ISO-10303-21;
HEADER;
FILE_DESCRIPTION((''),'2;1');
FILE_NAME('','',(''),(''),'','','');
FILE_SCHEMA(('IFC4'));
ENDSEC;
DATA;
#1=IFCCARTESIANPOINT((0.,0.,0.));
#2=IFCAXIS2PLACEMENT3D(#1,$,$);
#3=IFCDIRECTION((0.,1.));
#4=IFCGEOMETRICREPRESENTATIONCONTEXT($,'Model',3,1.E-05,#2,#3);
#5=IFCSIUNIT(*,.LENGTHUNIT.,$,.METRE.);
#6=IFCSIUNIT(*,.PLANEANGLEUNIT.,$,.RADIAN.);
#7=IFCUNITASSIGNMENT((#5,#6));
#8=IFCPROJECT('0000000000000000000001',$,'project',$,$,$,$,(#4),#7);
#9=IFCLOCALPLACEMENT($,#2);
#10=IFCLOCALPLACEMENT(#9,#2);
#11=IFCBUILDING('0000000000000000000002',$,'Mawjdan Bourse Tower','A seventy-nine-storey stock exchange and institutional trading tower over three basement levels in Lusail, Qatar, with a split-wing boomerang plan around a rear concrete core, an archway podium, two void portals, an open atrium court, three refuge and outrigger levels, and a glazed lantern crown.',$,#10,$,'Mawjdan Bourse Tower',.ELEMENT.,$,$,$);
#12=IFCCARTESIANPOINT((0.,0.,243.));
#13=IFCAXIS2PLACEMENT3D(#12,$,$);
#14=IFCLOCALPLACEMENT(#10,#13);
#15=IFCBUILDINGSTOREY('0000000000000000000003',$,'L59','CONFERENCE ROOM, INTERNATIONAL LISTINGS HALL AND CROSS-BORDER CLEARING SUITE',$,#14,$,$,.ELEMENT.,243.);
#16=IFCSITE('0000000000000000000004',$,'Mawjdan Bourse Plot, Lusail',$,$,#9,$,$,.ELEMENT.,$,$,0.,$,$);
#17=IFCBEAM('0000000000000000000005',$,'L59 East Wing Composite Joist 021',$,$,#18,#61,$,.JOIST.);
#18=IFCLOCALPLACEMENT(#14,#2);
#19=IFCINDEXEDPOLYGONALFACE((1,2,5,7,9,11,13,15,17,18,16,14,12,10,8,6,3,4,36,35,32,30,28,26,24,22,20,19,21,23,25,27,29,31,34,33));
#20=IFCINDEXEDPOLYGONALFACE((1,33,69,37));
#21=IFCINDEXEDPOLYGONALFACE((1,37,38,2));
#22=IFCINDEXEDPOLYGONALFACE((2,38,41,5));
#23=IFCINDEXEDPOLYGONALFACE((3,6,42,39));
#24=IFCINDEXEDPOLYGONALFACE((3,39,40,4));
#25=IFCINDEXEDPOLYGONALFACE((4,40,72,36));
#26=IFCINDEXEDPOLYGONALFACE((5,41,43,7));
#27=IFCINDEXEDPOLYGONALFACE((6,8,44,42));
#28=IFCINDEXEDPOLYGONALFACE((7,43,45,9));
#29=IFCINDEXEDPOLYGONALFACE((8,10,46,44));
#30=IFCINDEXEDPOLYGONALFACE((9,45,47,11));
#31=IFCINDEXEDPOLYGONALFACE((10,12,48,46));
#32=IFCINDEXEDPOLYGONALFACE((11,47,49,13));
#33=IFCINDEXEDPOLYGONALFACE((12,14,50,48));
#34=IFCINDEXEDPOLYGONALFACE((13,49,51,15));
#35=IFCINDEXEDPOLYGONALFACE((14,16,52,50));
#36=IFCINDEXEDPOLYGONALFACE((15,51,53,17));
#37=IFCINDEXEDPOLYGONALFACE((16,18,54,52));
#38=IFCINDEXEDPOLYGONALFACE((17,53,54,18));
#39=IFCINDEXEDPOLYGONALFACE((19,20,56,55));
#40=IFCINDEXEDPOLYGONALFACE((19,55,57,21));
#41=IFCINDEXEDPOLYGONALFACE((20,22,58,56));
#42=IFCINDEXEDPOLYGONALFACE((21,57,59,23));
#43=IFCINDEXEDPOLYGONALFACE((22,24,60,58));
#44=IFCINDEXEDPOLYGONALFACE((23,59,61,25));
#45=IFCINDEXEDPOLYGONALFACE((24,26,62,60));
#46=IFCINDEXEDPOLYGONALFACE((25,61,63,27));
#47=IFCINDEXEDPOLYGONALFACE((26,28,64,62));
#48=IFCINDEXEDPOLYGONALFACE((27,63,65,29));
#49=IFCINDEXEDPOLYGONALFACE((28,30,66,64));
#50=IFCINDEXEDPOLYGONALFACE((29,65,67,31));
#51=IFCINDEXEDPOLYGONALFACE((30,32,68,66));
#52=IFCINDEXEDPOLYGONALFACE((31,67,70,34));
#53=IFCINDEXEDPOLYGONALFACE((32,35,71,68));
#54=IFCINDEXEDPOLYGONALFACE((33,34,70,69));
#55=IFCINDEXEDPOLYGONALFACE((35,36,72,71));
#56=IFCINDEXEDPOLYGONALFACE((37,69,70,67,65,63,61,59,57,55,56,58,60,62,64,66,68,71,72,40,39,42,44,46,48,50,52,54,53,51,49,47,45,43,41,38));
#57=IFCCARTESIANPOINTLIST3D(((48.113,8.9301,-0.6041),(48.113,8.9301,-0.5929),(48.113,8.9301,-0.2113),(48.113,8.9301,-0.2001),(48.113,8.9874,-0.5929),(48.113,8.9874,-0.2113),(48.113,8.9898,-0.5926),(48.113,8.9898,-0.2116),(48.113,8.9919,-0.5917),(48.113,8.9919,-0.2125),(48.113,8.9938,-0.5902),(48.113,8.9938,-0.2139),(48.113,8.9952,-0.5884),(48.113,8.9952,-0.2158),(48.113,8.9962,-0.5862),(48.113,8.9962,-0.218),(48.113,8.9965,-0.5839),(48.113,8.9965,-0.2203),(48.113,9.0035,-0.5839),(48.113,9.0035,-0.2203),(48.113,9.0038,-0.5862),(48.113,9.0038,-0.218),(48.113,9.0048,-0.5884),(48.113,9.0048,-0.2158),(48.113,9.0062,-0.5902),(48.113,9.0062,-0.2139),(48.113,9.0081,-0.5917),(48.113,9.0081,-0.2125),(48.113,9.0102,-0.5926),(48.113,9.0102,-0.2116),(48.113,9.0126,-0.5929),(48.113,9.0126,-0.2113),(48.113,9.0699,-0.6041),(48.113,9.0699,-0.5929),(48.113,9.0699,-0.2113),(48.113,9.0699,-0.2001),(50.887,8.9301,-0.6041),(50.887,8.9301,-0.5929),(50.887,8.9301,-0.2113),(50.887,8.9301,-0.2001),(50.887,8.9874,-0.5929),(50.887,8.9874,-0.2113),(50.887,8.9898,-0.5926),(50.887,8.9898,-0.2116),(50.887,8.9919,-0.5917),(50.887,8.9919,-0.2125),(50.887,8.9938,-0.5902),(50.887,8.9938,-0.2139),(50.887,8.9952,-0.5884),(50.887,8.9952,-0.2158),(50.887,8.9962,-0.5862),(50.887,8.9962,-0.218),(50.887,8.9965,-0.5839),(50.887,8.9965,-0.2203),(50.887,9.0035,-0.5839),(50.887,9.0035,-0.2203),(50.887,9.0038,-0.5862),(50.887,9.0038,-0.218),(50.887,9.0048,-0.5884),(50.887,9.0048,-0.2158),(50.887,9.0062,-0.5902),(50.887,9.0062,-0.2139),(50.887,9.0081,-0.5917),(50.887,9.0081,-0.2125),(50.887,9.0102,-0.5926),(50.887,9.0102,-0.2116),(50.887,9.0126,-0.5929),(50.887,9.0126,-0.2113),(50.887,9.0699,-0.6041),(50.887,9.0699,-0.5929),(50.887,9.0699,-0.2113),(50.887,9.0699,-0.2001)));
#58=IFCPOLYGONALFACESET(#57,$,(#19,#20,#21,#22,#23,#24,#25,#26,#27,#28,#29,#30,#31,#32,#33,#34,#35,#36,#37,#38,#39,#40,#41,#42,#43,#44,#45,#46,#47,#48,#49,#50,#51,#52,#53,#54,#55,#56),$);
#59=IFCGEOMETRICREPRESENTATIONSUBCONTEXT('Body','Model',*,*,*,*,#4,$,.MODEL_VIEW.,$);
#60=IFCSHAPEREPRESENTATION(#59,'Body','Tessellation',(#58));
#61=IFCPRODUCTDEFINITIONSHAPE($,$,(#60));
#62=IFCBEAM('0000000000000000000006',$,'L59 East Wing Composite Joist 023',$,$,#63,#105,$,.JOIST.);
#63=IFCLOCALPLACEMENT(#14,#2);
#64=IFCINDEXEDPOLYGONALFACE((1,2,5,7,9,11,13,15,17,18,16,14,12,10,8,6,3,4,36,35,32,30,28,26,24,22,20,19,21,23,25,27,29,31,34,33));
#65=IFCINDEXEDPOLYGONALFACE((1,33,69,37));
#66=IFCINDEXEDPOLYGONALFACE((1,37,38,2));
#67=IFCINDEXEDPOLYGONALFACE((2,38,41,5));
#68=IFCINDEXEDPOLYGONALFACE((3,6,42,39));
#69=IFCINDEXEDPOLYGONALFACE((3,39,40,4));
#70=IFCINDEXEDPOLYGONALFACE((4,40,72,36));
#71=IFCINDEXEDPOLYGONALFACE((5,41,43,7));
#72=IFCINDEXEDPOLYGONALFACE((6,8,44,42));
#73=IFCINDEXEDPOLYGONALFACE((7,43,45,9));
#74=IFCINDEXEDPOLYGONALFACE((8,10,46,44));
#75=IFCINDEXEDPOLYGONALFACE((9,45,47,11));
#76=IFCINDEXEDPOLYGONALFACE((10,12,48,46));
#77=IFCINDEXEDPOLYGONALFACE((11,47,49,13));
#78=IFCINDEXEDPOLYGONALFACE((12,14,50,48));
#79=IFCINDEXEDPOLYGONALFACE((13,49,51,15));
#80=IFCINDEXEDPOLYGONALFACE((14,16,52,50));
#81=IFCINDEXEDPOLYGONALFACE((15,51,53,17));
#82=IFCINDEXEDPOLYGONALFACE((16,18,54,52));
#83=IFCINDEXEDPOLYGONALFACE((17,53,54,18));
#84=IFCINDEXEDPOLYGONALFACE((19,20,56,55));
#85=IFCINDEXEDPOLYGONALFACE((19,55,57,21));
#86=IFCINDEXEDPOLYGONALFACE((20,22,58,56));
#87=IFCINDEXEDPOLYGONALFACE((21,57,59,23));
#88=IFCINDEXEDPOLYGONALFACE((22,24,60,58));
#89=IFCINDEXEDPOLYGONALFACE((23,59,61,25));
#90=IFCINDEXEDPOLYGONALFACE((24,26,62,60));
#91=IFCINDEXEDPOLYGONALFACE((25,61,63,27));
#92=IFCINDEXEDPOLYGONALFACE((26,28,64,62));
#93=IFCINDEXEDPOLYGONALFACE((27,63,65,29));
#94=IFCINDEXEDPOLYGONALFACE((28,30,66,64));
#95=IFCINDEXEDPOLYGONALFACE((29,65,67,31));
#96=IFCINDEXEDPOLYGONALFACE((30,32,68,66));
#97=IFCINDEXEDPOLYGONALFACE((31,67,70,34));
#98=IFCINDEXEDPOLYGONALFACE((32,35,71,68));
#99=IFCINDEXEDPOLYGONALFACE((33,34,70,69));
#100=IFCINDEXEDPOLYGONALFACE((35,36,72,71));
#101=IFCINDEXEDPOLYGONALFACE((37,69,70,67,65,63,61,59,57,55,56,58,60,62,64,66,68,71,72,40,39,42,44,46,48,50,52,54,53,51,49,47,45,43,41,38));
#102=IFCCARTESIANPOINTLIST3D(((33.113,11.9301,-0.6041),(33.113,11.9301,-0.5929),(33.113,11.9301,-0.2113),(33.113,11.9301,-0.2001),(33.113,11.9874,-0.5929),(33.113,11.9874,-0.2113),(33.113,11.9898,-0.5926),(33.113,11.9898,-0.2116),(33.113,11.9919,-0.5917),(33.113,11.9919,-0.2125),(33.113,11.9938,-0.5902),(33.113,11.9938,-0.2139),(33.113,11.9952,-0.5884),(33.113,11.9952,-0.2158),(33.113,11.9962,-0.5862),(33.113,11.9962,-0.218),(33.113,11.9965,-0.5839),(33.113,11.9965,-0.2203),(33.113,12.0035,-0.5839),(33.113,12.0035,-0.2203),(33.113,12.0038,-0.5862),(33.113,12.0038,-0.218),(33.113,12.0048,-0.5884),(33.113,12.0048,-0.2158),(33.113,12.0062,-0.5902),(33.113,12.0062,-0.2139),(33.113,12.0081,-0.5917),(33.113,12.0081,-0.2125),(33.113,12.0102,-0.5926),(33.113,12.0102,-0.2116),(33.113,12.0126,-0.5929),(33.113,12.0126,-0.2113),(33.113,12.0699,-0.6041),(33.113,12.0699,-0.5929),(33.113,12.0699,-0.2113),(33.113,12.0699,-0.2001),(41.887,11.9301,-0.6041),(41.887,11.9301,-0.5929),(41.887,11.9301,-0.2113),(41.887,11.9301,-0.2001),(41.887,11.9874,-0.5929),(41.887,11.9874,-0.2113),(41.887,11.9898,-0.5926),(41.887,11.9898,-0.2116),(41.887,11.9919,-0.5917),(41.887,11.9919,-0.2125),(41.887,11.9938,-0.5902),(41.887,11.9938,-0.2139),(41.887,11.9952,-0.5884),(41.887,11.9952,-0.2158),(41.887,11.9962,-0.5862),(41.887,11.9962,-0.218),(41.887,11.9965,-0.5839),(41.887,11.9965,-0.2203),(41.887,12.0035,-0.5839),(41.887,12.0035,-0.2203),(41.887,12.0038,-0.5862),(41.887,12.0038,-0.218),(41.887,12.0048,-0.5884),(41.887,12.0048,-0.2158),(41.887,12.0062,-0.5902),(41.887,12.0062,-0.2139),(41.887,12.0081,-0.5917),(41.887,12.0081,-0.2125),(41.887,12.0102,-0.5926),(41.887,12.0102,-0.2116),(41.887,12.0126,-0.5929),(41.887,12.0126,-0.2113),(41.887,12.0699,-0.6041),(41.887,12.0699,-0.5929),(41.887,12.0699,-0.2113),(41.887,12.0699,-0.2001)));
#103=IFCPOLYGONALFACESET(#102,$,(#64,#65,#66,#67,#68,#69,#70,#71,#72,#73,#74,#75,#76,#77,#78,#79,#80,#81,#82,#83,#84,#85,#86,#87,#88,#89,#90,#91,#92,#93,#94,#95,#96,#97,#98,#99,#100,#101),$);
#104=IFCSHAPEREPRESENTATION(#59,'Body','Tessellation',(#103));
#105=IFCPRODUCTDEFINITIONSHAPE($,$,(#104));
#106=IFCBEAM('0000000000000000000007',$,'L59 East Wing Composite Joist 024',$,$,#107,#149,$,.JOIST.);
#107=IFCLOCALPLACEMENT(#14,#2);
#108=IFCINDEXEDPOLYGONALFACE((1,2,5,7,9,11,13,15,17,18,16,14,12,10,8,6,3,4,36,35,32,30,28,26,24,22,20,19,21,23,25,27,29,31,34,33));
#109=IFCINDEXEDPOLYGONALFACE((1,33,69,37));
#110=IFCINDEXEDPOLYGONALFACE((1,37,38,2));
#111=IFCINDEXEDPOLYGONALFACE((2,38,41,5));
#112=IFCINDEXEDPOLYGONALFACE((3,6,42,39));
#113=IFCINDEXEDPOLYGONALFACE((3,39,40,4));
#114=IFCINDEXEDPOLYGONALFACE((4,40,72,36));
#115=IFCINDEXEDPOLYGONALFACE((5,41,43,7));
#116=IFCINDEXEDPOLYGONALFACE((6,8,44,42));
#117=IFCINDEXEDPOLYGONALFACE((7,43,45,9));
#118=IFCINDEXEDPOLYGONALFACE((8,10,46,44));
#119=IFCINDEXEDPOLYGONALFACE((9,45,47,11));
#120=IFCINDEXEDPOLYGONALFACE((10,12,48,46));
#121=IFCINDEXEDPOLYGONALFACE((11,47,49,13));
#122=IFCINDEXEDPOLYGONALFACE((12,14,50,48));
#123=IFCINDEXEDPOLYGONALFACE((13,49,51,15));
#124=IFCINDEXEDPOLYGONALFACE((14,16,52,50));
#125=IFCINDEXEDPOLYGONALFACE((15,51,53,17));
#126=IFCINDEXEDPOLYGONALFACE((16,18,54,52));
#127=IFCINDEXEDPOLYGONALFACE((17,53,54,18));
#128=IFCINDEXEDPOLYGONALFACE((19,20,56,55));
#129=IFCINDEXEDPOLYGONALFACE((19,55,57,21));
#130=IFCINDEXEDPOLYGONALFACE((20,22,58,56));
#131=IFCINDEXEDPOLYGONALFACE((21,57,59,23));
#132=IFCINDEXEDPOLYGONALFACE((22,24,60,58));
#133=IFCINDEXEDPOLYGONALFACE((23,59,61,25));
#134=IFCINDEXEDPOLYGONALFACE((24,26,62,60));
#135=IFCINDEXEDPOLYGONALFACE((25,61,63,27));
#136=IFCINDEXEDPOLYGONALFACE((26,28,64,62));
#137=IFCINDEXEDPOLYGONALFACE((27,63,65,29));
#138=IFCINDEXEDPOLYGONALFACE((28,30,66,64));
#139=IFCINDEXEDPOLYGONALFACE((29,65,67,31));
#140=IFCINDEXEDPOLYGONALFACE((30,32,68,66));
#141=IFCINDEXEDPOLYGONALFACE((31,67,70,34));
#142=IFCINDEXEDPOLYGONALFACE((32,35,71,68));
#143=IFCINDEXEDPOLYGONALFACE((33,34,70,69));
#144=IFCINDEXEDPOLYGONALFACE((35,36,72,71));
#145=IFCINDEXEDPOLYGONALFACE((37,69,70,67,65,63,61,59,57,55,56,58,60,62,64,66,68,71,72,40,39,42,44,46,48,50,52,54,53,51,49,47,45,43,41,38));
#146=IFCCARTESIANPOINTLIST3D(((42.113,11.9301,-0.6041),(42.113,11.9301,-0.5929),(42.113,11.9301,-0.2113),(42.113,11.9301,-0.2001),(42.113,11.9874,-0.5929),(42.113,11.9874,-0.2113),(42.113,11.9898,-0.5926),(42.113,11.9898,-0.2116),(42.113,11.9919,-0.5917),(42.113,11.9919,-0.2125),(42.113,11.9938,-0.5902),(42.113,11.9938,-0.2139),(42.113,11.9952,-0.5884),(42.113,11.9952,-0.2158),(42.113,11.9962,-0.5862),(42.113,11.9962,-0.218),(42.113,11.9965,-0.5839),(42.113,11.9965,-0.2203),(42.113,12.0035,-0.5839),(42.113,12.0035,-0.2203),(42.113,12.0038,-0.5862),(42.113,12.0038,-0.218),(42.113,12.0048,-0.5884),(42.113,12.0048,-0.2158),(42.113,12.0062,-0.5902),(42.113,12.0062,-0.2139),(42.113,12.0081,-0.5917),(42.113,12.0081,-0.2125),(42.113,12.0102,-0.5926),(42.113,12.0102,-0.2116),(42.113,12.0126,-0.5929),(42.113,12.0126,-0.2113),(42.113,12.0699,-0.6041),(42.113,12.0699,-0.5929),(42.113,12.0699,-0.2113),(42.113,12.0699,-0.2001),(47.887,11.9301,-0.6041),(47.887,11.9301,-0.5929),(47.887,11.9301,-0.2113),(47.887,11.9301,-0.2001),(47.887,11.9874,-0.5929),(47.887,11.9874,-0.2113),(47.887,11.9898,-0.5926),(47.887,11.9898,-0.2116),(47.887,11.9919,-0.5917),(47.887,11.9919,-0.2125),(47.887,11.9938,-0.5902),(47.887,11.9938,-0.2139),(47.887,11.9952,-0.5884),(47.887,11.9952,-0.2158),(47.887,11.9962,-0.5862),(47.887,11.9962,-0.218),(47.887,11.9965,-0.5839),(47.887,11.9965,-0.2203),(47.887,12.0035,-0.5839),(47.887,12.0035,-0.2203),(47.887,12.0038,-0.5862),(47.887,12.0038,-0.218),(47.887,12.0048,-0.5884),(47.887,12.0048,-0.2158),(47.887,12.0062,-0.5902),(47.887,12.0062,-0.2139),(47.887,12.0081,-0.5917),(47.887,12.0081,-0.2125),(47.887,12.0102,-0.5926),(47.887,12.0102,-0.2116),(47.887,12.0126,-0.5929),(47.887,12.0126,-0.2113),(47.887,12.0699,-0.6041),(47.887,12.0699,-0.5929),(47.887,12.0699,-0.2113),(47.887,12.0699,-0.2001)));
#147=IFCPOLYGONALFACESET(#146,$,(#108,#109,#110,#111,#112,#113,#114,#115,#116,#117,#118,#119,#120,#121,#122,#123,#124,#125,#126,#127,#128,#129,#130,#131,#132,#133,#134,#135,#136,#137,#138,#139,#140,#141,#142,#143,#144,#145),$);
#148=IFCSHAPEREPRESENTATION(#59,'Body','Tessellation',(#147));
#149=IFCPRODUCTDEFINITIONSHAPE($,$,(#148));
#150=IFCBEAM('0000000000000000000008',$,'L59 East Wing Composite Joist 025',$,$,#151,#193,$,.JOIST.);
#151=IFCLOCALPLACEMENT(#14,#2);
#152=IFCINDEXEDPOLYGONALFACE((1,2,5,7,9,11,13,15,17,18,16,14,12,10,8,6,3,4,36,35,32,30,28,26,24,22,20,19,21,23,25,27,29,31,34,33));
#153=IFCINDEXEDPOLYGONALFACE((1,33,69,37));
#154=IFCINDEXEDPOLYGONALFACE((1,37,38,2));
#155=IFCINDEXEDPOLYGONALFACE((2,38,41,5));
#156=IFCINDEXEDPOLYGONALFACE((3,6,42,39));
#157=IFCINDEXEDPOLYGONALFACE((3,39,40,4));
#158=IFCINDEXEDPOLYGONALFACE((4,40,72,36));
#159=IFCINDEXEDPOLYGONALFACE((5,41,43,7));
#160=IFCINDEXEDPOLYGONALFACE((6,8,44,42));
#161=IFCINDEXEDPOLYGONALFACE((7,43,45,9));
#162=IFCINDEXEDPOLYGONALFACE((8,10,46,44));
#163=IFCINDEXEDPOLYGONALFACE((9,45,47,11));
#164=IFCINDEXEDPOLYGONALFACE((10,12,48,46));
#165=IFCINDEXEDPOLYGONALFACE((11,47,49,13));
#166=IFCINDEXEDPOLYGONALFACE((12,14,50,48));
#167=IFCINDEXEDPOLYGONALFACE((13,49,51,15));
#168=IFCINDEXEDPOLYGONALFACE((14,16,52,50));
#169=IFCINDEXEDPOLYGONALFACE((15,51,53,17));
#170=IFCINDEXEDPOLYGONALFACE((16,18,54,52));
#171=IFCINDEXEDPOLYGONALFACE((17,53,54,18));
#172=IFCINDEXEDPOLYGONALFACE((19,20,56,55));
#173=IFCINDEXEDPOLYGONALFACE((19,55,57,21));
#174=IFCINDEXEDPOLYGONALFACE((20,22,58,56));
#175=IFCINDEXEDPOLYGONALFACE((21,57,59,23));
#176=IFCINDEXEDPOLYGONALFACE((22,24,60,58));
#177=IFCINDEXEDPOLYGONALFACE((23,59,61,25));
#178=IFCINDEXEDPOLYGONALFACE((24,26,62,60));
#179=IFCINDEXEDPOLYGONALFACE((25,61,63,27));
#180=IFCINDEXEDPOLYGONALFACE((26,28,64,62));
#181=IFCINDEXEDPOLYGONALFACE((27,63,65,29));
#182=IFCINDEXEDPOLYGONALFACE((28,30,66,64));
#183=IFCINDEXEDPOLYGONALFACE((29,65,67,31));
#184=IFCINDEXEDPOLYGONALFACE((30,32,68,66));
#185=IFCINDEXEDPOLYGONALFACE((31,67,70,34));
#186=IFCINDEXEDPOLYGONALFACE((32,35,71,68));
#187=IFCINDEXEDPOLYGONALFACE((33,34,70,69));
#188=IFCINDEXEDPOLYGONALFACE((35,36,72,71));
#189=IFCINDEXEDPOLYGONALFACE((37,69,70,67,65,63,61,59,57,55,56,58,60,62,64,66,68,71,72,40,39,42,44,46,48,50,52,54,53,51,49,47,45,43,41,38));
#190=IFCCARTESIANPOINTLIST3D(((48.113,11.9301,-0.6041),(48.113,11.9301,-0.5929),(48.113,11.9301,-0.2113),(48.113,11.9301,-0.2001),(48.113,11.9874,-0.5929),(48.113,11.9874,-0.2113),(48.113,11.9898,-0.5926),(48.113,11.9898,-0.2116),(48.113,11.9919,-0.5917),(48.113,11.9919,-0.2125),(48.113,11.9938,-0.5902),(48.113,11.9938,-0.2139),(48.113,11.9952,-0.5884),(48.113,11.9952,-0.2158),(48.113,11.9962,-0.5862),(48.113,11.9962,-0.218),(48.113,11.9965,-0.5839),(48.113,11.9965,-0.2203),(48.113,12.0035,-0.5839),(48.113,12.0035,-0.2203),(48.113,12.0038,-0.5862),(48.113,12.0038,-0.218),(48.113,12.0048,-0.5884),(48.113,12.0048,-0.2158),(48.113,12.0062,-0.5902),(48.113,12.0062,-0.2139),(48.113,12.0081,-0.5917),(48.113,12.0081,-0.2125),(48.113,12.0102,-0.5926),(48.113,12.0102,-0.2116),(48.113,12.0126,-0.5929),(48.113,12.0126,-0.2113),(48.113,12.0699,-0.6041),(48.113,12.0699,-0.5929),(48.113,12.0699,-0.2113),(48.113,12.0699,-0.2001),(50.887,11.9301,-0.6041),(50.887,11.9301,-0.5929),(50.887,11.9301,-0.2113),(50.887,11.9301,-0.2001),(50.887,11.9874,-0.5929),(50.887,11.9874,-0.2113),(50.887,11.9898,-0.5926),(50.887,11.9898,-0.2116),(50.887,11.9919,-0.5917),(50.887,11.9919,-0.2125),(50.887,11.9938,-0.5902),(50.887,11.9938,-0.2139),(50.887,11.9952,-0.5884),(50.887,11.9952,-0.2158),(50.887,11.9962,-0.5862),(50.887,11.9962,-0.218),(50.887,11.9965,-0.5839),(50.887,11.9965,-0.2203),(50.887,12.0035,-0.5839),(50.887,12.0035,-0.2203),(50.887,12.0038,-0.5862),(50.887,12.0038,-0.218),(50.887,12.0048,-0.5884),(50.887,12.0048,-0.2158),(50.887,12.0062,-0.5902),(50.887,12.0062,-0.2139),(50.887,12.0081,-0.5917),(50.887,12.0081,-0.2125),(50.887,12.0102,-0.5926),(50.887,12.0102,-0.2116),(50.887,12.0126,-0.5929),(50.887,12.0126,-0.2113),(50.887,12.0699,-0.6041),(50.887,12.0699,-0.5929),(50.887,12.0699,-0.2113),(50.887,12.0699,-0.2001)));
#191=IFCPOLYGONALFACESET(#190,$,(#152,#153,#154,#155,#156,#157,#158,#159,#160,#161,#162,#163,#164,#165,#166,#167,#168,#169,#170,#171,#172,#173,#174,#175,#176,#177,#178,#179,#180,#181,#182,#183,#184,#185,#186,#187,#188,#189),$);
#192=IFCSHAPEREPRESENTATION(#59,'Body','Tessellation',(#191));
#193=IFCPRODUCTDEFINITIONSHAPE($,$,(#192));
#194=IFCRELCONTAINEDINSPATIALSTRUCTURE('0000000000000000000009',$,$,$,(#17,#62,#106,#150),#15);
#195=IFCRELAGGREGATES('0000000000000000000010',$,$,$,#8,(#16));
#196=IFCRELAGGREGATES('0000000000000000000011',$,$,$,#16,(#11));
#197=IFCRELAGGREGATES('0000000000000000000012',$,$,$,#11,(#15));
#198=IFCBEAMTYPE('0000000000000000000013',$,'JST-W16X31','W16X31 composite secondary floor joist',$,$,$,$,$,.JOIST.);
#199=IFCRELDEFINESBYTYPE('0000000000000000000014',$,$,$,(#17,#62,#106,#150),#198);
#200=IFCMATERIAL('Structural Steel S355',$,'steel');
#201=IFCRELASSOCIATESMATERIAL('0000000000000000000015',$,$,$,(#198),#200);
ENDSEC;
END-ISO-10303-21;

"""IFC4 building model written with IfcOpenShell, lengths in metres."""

from ifc_helpers import new_model, si_unit, direction, frame, origin, origin_2d, place, context, subcontext, project, spatial, i_section, extrude, material, material_profile, profile_set, type_object, element, save


model = new_model("IFC4")

# Units and contexts
model_context = context("Model", 3, precision=1e-05, world=origin(), true_north=direction((0.0, 1.0)))
body_context = subcontext(model_context, "Body", "Model", "MODEL_VIEW")
ifc_project = project(units=[si_unit("LENGTHUNIT", "METRE"), si_unit("PLANEANGLEUNIT", "RADIAN")], contexts=[model_context])

# Site, building, storey
site_placement = place(None, origin())
site = spatial("IfcSite", under=ifc_project, at=site_placement, Name="Mawjdan Bourse Plot, Lusail", CompositionType="ELEMENT", RefElevation=0.0)
building_placement = place(site_placement, origin())
building = spatial("IfcBuilding", under=site, at=building_placement, Name="Mawjdan Bourse Tower", Description="A seventy-nine-storey stock exchange and institutional trading tower over three basement levels in Lusail, Qatar, with a split-wing boomerang plan around a rear concrete core, an archway podium, two void portals, an open atrium court, three refuge and outrigger levels, and a glazed lantern crown.", LongName="Mawjdan Bourse Tower", CompositionType="ELEMENT")
storey_placement = place(building_placement, frame((0.0, 0.0, 243.0)))
storey = spatial("IfcBuildingStorey", under=building, at=storey_placement, Name="L59", Description="CONFERENCE ROOM, INTERNATIONAL LISTINGS HALL AND CROSS-BORDER CLEARING SUITE", CompositionType="ELEMENT", Elevation=243.0)

# Beams
ifc_material_1 = material(Name="Structural Steel S355", Category="steel")
ifc_material_profile_1 = material_profile(ifc_material_1, i_section(OverallWidth=0.1399, OverallDepth=0.4041, WebThickness=0.0071, FlangeThickness=0.0112, FilletRadius=0.009, at=origin_2d()), Name="W16X31")
ifc_profile_set_1 = profile_set([ifc_material_profile_1], Name="Structural Steel S355")
beam_type_1 = type_object("IfcBeamType", Name="JST-W16X31", Description="W16X31 composite secondary floor joist", PredefinedType="JOIST", material=ifc_profile_set_1)
beam_1_placement = place(storey_placement, frame((48.113, 9.0, -0.4021), z_axis=(1.0, 0.0, 0.0), x_axis=(0.0, 1.0, 0.0)))
element("IfcBeam", 1, at=beam_1_placement, inside=storey, type_object=beam_type_1, Name="L59 East Wing Composite Joist 021", PredefinedType="JOIST", context=body_context, shape_type="SweptSolid", body=[
    extrude(i_section(OverallWidth=0.1399, OverallDepth=0.4041, WebThickness=0.0071, FlangeThickness=0.0112, FilletRadius=0.009, at=origin_2d()), origin(), (0.0, 0.0, 1.0), 2.7739),
])
beam_2_placement = place(storey_placement, frame((33.113, 12.0, -0.4021), z_axis=(1.0, 0.0, 0.0), x_axis=(0.0, 1.0, 0.0)))
element("IfcBeam", 2, at=beam_2_placement, inside=storey, type_object=beam_type_1, Name="L59 East Wing Composite Joist 023", PredefinedType="JOIST", context=body_context, shape_type="SweptSolid", body=[
    extrude(i_section(OverallWidth=0.1399, OverallDepth=0.4041, WebThickness=0.0071, FlangeThickness=0.0112, FilletRadius=0.009, at=origin_2d()), origin(), (0.0, 0.0, 1.0), 8.7739),
])
beam_3_placement = place(storey_placement, frame((42.113, 12.0, -0.4021), z_axis=(1.0, 0.0, 0.0), x_axis=(0.0, 1.0, 0.0)))
element("IfcBeam", 3, at=beam_3_placement, inside=storey, type_object=beam_type_1, Name="L59 East Wing Composite Joist 024", PredefinedType="JOIST", context=body_context, shape_type="SweptSolid", body=[
    extrude(i_section(OverallWidth=0.1399, OverallDepth=0.4041, WebThickness=0.0071, FlangeThickness=0.0112, FilletRadius=0.009, at=origin_2d()), origin(), (0.0, 0.0, 1.0), 5.7739),
])
beam_4_placement = place(storey_placement, frame((48.113, 12.0, -0.4021), z_axis=(1.0, 0.0, 0.0), x_axis=(0.0, 1.0, 0.0)))
element("IfcBeam", 4, at=beam_4_placement, inside=storey, type_object=beam_type_1, Name="L59 East Wing Composite Joist 025", PredefinedType="JOIST", context=body_context, shape_type="SweptSolid", body=[
    extrude(i_section(OverallWidth=0.1399, OverallDepth=0.4041, WebThickness=0.0071, FlangeThickness=0.0112, FilletRadius=0.009, at=origin_2d()), origin(), (0.0, 0.0, 1.0), 2.7739),
])

save(model, "model.ifc")
